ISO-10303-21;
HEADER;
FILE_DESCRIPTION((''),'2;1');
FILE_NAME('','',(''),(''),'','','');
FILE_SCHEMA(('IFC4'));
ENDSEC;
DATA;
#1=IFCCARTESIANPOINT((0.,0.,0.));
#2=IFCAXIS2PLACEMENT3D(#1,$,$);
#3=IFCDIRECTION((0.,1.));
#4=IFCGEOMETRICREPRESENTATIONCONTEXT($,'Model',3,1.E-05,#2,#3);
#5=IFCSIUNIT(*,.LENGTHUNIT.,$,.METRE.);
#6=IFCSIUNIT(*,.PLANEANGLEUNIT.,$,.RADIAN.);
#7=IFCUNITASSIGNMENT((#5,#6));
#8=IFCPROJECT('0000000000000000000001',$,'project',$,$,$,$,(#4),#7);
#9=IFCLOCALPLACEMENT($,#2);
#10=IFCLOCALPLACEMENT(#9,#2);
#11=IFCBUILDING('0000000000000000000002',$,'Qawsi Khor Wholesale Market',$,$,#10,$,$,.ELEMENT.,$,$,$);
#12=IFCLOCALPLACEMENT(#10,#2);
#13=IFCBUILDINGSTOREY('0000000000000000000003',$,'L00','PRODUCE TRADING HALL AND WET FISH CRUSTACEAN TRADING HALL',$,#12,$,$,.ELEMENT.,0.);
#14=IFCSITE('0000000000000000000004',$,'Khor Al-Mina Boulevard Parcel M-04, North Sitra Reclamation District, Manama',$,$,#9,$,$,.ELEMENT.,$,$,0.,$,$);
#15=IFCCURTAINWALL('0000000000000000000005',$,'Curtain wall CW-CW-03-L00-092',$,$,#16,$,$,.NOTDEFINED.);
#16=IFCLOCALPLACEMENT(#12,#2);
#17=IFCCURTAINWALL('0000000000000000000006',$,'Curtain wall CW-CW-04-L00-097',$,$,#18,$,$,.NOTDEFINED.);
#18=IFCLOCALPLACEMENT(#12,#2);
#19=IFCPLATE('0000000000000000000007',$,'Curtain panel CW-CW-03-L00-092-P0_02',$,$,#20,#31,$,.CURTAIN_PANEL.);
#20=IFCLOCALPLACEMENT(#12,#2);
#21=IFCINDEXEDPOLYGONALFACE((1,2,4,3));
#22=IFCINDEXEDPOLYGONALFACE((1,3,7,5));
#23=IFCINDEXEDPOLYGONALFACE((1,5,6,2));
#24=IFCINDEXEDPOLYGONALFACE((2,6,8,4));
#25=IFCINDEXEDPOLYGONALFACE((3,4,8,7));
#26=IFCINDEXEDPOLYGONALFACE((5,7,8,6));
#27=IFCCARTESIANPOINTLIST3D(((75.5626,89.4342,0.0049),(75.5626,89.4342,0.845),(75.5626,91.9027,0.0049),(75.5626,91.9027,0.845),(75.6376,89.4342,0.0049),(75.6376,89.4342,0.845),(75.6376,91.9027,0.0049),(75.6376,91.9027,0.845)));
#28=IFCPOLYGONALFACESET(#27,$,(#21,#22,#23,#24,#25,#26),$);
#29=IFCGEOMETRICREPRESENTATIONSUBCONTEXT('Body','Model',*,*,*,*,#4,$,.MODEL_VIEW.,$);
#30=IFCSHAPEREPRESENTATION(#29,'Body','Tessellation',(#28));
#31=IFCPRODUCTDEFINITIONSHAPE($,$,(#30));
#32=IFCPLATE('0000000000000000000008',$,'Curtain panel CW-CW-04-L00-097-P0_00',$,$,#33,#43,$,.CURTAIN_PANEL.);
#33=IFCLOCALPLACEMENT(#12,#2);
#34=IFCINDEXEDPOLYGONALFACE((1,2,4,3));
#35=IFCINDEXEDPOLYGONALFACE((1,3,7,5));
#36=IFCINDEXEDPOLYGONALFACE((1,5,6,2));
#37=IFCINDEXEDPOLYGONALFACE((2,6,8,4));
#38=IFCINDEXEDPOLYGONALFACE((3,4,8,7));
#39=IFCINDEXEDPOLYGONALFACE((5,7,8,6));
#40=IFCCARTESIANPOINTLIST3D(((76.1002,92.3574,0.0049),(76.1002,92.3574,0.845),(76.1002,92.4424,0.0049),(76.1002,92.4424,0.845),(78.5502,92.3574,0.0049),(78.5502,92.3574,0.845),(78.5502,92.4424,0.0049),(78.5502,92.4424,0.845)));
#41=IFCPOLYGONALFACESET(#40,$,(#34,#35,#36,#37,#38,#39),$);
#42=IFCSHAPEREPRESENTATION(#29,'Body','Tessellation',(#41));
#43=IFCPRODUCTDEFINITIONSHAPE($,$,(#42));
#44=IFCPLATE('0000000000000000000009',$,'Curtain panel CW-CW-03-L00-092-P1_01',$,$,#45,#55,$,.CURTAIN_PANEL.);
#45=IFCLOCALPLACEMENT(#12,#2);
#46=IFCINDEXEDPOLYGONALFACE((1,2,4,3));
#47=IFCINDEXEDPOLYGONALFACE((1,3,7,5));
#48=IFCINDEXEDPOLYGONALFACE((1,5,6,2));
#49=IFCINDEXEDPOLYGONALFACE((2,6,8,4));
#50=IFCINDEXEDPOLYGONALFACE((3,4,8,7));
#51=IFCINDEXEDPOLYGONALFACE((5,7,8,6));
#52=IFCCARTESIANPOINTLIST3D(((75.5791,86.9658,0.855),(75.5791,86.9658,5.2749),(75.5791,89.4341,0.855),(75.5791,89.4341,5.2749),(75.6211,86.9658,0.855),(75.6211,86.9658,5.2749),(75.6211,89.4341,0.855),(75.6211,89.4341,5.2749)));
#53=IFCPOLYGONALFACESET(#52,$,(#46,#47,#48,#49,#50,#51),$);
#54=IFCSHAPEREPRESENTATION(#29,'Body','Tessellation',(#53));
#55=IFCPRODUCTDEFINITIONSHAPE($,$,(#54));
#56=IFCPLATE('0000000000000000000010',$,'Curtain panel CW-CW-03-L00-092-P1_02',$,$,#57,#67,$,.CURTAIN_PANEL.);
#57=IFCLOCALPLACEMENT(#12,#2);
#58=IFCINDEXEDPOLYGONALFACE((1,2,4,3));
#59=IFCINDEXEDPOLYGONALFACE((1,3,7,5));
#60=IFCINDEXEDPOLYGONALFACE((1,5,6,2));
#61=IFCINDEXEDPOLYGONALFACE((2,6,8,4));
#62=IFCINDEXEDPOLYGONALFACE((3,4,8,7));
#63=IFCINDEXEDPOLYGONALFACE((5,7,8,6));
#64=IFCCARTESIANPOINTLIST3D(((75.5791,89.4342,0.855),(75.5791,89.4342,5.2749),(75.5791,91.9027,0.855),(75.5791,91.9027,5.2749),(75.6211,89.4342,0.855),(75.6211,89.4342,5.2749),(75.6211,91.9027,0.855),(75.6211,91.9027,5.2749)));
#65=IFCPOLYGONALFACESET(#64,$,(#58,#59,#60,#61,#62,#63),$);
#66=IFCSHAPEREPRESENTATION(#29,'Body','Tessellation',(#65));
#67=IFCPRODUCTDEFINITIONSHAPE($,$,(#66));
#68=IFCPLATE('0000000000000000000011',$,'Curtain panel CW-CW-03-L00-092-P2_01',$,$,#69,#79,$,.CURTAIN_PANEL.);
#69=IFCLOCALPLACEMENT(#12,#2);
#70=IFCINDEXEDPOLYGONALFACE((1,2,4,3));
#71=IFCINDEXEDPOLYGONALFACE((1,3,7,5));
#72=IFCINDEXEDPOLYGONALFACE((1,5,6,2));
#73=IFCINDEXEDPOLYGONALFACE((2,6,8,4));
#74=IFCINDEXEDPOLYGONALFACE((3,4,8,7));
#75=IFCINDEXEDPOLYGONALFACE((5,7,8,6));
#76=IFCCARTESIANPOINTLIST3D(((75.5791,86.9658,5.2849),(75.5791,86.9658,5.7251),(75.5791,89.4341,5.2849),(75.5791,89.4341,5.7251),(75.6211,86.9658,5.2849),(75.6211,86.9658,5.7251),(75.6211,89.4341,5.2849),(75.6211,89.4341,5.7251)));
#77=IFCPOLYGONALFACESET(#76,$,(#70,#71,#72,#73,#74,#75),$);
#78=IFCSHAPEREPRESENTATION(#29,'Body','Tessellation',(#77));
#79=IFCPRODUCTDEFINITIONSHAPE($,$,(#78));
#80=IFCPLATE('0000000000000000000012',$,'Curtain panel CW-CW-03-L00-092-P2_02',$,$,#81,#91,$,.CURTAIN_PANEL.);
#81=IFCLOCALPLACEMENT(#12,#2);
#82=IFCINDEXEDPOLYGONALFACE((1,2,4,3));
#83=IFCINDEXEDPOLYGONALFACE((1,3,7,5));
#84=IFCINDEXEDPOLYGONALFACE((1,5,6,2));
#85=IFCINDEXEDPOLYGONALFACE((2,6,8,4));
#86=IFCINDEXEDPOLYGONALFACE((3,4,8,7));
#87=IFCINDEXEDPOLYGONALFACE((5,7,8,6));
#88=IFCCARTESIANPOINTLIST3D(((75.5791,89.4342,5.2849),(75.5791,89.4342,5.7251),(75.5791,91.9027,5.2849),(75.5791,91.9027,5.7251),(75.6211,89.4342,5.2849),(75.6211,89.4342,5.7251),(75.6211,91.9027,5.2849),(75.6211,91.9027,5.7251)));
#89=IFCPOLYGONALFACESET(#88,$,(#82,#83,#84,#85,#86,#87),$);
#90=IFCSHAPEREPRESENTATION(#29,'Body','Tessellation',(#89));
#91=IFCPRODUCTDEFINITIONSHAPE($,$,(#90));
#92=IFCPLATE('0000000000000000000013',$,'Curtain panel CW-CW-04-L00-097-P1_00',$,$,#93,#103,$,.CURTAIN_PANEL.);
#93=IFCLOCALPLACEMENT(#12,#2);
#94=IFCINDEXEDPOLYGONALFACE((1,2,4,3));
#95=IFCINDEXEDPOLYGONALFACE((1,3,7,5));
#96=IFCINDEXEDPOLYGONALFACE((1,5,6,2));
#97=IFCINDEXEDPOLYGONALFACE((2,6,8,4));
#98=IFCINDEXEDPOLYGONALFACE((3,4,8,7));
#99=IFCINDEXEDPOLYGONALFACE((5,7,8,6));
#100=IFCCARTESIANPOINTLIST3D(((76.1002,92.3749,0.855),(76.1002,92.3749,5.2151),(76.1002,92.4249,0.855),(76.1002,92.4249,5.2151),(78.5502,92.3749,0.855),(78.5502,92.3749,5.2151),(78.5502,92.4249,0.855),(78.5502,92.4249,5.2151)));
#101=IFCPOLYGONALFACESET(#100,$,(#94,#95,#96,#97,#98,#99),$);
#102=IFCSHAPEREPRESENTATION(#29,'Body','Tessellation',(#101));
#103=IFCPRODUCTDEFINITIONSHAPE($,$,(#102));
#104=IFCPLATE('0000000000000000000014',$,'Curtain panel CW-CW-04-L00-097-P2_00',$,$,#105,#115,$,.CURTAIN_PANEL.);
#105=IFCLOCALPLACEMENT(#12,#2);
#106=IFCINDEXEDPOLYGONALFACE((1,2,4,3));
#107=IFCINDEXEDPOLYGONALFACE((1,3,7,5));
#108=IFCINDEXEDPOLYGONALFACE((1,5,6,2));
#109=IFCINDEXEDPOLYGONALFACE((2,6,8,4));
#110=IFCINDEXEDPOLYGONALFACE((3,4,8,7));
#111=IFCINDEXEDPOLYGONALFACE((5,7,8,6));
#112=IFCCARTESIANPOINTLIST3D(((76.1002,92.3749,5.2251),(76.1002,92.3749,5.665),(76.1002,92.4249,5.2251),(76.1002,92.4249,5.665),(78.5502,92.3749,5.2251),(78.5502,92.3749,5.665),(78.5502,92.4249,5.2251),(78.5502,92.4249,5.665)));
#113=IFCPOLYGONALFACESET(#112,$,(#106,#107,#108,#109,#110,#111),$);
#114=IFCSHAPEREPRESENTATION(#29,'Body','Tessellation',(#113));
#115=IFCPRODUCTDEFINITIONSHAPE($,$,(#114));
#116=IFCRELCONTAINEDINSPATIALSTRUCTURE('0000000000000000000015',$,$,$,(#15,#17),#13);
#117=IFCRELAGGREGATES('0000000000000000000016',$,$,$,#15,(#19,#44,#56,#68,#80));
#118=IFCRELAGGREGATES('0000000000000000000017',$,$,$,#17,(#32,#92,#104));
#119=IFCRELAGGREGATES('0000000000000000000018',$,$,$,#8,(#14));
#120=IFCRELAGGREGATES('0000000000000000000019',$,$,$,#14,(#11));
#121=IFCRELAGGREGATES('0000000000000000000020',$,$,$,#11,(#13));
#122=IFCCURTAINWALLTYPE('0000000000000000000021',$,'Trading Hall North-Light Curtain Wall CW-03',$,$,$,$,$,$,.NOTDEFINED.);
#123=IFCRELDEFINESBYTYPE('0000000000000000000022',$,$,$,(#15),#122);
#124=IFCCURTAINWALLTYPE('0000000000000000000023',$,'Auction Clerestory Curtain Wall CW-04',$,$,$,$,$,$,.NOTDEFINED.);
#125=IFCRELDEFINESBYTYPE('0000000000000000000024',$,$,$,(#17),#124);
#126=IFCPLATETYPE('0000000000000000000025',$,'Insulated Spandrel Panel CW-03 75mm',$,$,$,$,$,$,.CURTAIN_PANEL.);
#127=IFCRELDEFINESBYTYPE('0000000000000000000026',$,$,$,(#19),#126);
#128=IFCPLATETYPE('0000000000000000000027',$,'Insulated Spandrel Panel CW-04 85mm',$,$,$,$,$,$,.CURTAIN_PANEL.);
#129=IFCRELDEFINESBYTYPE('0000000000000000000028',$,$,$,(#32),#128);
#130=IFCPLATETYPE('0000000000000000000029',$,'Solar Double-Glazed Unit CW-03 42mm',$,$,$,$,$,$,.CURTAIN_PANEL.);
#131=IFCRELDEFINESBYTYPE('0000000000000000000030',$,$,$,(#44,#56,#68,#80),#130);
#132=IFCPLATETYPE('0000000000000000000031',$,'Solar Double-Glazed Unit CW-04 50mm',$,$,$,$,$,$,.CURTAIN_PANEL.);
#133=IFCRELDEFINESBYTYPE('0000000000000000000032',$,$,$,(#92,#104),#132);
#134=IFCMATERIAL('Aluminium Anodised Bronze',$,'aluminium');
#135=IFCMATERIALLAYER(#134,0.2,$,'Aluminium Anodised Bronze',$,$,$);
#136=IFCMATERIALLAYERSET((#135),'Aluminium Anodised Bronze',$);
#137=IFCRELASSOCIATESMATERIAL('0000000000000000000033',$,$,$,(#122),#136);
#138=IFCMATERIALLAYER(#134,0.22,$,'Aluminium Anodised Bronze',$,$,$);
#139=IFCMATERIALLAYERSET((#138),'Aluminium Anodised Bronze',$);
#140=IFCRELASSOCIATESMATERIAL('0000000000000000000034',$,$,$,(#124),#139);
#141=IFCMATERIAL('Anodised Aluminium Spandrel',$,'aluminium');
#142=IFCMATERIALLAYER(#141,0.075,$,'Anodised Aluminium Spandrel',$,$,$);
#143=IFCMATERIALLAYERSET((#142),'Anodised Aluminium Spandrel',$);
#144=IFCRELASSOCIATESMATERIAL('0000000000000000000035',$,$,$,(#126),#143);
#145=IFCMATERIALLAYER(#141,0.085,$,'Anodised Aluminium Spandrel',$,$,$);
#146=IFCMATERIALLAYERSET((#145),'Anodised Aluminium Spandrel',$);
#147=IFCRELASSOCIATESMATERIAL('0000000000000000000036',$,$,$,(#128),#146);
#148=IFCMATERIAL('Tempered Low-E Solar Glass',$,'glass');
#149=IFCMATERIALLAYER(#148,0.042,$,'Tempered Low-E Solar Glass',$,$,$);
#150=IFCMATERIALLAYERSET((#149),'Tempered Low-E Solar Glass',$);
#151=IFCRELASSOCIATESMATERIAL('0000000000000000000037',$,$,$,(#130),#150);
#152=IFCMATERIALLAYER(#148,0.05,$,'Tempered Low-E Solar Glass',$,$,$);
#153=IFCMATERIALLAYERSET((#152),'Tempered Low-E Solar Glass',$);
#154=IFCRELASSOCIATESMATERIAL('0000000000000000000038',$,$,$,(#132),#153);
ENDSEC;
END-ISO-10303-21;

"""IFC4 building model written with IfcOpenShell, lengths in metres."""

from ifc_helpers import new_model, si_unit, direction, frame, frame_2d, origin, place, context, subcontext, project, spatial, rectangle, extrude, material, layer, layer_set, type_object, element, aggregate, save


model = new_model("IFC4")

# Units and contexts
model_context = context("Model", 3, precision=1e-05, world=origin(), true_north=direction((0.0, 1.0)))
body_context = subcontext(model_context, "Body", "Model", "MODEL_VIEW")
ifc_project = project(units=[si_unit("LENGTHUNIT", "METRE"), si_unit("PLANEANGLEUNIT", "RADIAN")], contexts=[model_context])

# Site, building, storey
site_placement = place(None, origin())
site = spatial("IfcSite", under=ifc_project, at=site_placement, Name="Khor Al-Mina Boulevard Parcel M-04, North Sitra Reclamation District, Manama", CompositionType="ELEMENT", RefElevation=0.0)
building_placement = place(site_placement, origin())
building = spatial("IfcBuilding", under=site, at=building_placement, Name="Qawsi Khor Wholesale Market", CompositionType="ELEMENT")
storey_placement = place(building_placement, origin())
storey = spatial("IfcBuildingStorey", under=building, at=storey_placement, Name="L00", Description="PRODUCE TRADING HALL AND WET FISH CRUSTACEAN TRADING HALL", CompositionType="ELEMENT", Elevation=0.0)

# Curtain walls
ifc_material_1 = material(Name="Aluminium Anodised Bronze", Category="aluminium")
ifc_layer_1 = layer(ifc_material_1, 0.2, Name="Aluminium Anodised Bronze")
ifc_layer_set_1 = layer_set([ifc_layer_1], Name="Aluminium Anodised Bronze")
curtain_wall_type_1 = type_object("IfcCurtainWallType", Name="Trading Hall North-Light Curtain Wall CW-03", PredefinedType="NOTDEFINED", material=ifc_layer_set_1)
curtain_wall_1_placement = place(storey_placement, origin())
curtain_wall_1 = element("IfcCurtainWall", 1, at=curtain_wall_1_placement, inside=storey, type_object=curtain_wall_type_1, Name="Curtain wall CW-CW-03-L00-092", PredefinedType="NOTDEFINED")
ifc_layer_2 = layer(ifc_material_1, 0.22, Name="Aluminium Anodised Bronze")
ifc_layer_set_2 = layer_set([ifc_layer_2], Name="Aluminium Anodised Bronze")
curtain_wall_type_2 = type_object("IfcCurtainWallType", Name="Auction Clerestory Curtain Wall CW-04", PredefinedType="NOTDEFINED", material=ifc_layer_set_2)
curtain_wall_2_placement = place(storey_placement, origin())
curtain_wall_2 = element("IfcCurtainWall", 2, at=curtain_wall_2_placement, inside=storey, type_object=curtain_wall_type_2, Name="Curtain wall CW-CW-04-L00-097", PredefinedType="NOTDEFINED")

# Plates
ifc_material_2 = material(Name="Anodised Aluminium Spandrel", Category="aluminium")
ifc_layer_3 = layer(ifc_material_2, 0.075, Name="Anodised Aluminium Spandrel")
ifc_layer_set_3 = layer_set([ifc_layer_3], Name="Anodised Aluminium Spandrel")
plate_type_1 = type_object("IfcPlateType", Name="Insulated Spandrel Panel CW-03 75mm", PredefinedType="CURTAIN_PANEL", material=ifc_layer_set_3)
plate_1_placement = place(storey_placement, frame((75.6001, 89.4341, 0.0049), z_axis=(0.0, 0.0, 1.0), x_axis=(0.0, 1.0, 0.0)))
plate_1 = element("IfcPlate", 3, at=plate_1_placement, type_object=plate_type_1, Name="Curtain panel CW-CW-03-L00-092-P0_02", PredefinedType="CURTAIN_PANEL", context=body_context, shape_type="SweptSolid", body=[
    extrude(rectangle(XDim=2.4685, YDim=0.075, at=frame_2d((1.2344, 0.0))), origin(), (0.0, 0.0, 1.0), 0.8401),
])
ifc_layer_4 = layer(ifc_material_2, 0.085, Name="Anodised Aluminium Spandrel")
ifc_layer_set_4 = layer_set([ifc_layer_4], Name="Anodised Aluminium Spandrel")
plate_type_2 = type_object("IfcPlateType", Name="Insulated Spandrel Panel CW-04 85mm", PredefinedType="CURTAIN_PANEL", material=ifc_layer_set_4)
plate_2_placement = place(storey_placement, frame((76.1001, 92.3999, 0.0049), z_axis=(0.0, 0.0, 1.0), x_axis=(1.0, 0.0, 0.0)))
plate_2 = element("IfcPlate", 4, at=plate_2_placement, type_object=plate_type_2, Name="Curtain panel CW-CW-04-L00-097-P0_00", PredefinedType="CURTAIN_PANEL", context=body_context, shape_type="SweptSolid", body=[
    extrude(rectangle(XDim=2.45, YDim=0.085, at=frame_2d((1.2251, 0.0))), origin(), (0.0, 0.0, 1.0), 0.8401),
])
ifc_material_3 = material(Name="Tempered Low-E Solar Glass", Category="glass")
ifc_layer_5 = layer(ifc_material_3, 0.042, Name="Tempered Low-E Solar Glass")
ifc_layer_set_5 = layer_set([ifc_layer_5], Name="Tempered Low-E Solar Glass")
plate_type_3 = type_object("IfcPlateType", Name="Solar Double-Glazed Unit CW-03 42mm", PredefinedType="CURTAIN_PANEL", material=ifc_layer_set_5)
plate_3_placement = place(storey_placement, frame((75.6001, 86.9658, 0.855), z_axis=(0.0, 0.0, 1.0), x_axis=(0.0, 1.0, 0.0)))
plate_3 = element("IfcPlate", 5, at=plate_3_placement, type_object=plate_type_3, Name="Curtain panel CW-CW-03-L00-092-P1_01", PredefinedType="CURTAIN_PANEL", context=body_context, shape_type="SweptSolid", body=[
    extrude(rectangle(XDim=2.4683, YDim=0.042, at=frame_2d((1.2341, 0.0))), origin(), (0.0, 0.0, 1.0), 4.4199),
])
plate_4_placement = place(storey_placement, frame((75.6001, 89.4341, 0.855), z_axis=(0.0, 0.0, 1.0), x_axis=(0.0, 1.0, 0.0)))
plate_4 = element("IfcPlate", 6, at=plate_4_placement, type_object=plate_type_3, Name="Curtain panel CW-CW-03-L00-092-P1_02", PredefinedType="CURTAIN_PANEL", context=body_context, shape_type="SweptSolid", body=[
    extrude(rectangle(XDim=2.4685, YDim=0.042, at=frame_2d((1.2344, 0.0))), origin(), (0.0, 0.0, 1.0), 4.4199),
])
plate_5_placement = place(storey_placement, frame((75.6001, 86.9658, 5.2849), z_axis=(0.0, 0.0, 1.0), x_axis=(0.0, 1.0, 0.0)))
plate_5 = element("IfcPlate", 7, at=plate_5_placement, type_object=plate_type_3, Name="Curtain panel CW-CW-03-L00-092-P2_01", PredefinedType="CURTAIN_PANEL", context=body_context, shape_type="SweptSolid", body=[
    extrude(rectangle(XDim=2.4683, YDim=0.042, at=frame_2d((1.2341, 0.0))), origin(), (0.0, 0.0, 1.0), 0.4402),
])
plate_6_placement = place(storey_placement, frame((75.6001, 89.4341, 5.2849), z_axis=(0.0, 0.0, 1.0), x_axis=(0.0, 1.0, 0.0)))
plate_6 = element("IfcPlate", 8, at=plate_6_placement, type_object=plate_type_3, Name="Curtain panel CW-CW-03-L00-092-P2_02", PredefinedType="CURTAIN_PANEL", context=body_context, shape_type="SweptSolid", body=[
    extrude(rectangle(XDim=2.4685, YDim=0.042, at=frame_2d((1.2344, 0.0))), origin(), (0.0, 0.0, 1.0), 0.4402),
])
aggregate(curtain_wall_1, [plate_1, plate_3, plate_4, plate_5, plate_6])
ifc_layer_6 = layer(ifc_material_3, 0.05, Name="Tempered Low-E Solar Glass")
ifc_layer_set_6 = layer_set([ifc_layer_6], Name="Tempered Low-E Solar Glass")
plate_type_4 = type_object("IfcPlateType", Name="Solar Double-Glazed Unit CW-04 50mm", PredefinedType="CURTAIN_PANEL", material=ifc_layer_set_6)
plate_7_placement = place(storey_placement, frame((76.1001, 92.3999, 0.855), z_axis=(0.0, 0.0, 1.0), x_axis=(1.0, 0.0, 0.0)))
plate_7 = element("IfcPlate", 9, at=plate_7_placement, type_object=plate_type_4, Name="Curtain panel CW-CW-04-L00-097-P1_00", PredefinedType="CURTAIN_PANEL", context=body_context, shape_type="SweptSolid", body=[
    extrude(rectangle(XDim=2.45, YDim=0.05, at=frame_2d((1.2251, 0.0))), origin(), (0.0, 0.0, 1.0), 4.3601),
])
plate_8_placement = place(storey_placement, frame((76.1001, 92.3999, 5.2251), z_axis=(0.0, 0.0, 1.0), x_axis=(1.0, 0.0, 0.0)))
plate_8 = element("IfcPlate", 10, at=plate_8_placement, type_object=plate_type_4, Name="Curtain panel CW-CW-04-L00-097-P2_00", PredefinedType="CURTAIN_PANEL", context=body_context, shape_type="SweptSolid", body=[
    extrude(rectangle(XDim=2.45, YDim=0.05, at=frame_2d((1.2251, 0.0))), origin(), (0.0, 0.0, 1.0), 0.4399),
])
aggregate(curtain_wall_2, [plate_2, plate_7, plate_8])

save(model, "model.ifc")
